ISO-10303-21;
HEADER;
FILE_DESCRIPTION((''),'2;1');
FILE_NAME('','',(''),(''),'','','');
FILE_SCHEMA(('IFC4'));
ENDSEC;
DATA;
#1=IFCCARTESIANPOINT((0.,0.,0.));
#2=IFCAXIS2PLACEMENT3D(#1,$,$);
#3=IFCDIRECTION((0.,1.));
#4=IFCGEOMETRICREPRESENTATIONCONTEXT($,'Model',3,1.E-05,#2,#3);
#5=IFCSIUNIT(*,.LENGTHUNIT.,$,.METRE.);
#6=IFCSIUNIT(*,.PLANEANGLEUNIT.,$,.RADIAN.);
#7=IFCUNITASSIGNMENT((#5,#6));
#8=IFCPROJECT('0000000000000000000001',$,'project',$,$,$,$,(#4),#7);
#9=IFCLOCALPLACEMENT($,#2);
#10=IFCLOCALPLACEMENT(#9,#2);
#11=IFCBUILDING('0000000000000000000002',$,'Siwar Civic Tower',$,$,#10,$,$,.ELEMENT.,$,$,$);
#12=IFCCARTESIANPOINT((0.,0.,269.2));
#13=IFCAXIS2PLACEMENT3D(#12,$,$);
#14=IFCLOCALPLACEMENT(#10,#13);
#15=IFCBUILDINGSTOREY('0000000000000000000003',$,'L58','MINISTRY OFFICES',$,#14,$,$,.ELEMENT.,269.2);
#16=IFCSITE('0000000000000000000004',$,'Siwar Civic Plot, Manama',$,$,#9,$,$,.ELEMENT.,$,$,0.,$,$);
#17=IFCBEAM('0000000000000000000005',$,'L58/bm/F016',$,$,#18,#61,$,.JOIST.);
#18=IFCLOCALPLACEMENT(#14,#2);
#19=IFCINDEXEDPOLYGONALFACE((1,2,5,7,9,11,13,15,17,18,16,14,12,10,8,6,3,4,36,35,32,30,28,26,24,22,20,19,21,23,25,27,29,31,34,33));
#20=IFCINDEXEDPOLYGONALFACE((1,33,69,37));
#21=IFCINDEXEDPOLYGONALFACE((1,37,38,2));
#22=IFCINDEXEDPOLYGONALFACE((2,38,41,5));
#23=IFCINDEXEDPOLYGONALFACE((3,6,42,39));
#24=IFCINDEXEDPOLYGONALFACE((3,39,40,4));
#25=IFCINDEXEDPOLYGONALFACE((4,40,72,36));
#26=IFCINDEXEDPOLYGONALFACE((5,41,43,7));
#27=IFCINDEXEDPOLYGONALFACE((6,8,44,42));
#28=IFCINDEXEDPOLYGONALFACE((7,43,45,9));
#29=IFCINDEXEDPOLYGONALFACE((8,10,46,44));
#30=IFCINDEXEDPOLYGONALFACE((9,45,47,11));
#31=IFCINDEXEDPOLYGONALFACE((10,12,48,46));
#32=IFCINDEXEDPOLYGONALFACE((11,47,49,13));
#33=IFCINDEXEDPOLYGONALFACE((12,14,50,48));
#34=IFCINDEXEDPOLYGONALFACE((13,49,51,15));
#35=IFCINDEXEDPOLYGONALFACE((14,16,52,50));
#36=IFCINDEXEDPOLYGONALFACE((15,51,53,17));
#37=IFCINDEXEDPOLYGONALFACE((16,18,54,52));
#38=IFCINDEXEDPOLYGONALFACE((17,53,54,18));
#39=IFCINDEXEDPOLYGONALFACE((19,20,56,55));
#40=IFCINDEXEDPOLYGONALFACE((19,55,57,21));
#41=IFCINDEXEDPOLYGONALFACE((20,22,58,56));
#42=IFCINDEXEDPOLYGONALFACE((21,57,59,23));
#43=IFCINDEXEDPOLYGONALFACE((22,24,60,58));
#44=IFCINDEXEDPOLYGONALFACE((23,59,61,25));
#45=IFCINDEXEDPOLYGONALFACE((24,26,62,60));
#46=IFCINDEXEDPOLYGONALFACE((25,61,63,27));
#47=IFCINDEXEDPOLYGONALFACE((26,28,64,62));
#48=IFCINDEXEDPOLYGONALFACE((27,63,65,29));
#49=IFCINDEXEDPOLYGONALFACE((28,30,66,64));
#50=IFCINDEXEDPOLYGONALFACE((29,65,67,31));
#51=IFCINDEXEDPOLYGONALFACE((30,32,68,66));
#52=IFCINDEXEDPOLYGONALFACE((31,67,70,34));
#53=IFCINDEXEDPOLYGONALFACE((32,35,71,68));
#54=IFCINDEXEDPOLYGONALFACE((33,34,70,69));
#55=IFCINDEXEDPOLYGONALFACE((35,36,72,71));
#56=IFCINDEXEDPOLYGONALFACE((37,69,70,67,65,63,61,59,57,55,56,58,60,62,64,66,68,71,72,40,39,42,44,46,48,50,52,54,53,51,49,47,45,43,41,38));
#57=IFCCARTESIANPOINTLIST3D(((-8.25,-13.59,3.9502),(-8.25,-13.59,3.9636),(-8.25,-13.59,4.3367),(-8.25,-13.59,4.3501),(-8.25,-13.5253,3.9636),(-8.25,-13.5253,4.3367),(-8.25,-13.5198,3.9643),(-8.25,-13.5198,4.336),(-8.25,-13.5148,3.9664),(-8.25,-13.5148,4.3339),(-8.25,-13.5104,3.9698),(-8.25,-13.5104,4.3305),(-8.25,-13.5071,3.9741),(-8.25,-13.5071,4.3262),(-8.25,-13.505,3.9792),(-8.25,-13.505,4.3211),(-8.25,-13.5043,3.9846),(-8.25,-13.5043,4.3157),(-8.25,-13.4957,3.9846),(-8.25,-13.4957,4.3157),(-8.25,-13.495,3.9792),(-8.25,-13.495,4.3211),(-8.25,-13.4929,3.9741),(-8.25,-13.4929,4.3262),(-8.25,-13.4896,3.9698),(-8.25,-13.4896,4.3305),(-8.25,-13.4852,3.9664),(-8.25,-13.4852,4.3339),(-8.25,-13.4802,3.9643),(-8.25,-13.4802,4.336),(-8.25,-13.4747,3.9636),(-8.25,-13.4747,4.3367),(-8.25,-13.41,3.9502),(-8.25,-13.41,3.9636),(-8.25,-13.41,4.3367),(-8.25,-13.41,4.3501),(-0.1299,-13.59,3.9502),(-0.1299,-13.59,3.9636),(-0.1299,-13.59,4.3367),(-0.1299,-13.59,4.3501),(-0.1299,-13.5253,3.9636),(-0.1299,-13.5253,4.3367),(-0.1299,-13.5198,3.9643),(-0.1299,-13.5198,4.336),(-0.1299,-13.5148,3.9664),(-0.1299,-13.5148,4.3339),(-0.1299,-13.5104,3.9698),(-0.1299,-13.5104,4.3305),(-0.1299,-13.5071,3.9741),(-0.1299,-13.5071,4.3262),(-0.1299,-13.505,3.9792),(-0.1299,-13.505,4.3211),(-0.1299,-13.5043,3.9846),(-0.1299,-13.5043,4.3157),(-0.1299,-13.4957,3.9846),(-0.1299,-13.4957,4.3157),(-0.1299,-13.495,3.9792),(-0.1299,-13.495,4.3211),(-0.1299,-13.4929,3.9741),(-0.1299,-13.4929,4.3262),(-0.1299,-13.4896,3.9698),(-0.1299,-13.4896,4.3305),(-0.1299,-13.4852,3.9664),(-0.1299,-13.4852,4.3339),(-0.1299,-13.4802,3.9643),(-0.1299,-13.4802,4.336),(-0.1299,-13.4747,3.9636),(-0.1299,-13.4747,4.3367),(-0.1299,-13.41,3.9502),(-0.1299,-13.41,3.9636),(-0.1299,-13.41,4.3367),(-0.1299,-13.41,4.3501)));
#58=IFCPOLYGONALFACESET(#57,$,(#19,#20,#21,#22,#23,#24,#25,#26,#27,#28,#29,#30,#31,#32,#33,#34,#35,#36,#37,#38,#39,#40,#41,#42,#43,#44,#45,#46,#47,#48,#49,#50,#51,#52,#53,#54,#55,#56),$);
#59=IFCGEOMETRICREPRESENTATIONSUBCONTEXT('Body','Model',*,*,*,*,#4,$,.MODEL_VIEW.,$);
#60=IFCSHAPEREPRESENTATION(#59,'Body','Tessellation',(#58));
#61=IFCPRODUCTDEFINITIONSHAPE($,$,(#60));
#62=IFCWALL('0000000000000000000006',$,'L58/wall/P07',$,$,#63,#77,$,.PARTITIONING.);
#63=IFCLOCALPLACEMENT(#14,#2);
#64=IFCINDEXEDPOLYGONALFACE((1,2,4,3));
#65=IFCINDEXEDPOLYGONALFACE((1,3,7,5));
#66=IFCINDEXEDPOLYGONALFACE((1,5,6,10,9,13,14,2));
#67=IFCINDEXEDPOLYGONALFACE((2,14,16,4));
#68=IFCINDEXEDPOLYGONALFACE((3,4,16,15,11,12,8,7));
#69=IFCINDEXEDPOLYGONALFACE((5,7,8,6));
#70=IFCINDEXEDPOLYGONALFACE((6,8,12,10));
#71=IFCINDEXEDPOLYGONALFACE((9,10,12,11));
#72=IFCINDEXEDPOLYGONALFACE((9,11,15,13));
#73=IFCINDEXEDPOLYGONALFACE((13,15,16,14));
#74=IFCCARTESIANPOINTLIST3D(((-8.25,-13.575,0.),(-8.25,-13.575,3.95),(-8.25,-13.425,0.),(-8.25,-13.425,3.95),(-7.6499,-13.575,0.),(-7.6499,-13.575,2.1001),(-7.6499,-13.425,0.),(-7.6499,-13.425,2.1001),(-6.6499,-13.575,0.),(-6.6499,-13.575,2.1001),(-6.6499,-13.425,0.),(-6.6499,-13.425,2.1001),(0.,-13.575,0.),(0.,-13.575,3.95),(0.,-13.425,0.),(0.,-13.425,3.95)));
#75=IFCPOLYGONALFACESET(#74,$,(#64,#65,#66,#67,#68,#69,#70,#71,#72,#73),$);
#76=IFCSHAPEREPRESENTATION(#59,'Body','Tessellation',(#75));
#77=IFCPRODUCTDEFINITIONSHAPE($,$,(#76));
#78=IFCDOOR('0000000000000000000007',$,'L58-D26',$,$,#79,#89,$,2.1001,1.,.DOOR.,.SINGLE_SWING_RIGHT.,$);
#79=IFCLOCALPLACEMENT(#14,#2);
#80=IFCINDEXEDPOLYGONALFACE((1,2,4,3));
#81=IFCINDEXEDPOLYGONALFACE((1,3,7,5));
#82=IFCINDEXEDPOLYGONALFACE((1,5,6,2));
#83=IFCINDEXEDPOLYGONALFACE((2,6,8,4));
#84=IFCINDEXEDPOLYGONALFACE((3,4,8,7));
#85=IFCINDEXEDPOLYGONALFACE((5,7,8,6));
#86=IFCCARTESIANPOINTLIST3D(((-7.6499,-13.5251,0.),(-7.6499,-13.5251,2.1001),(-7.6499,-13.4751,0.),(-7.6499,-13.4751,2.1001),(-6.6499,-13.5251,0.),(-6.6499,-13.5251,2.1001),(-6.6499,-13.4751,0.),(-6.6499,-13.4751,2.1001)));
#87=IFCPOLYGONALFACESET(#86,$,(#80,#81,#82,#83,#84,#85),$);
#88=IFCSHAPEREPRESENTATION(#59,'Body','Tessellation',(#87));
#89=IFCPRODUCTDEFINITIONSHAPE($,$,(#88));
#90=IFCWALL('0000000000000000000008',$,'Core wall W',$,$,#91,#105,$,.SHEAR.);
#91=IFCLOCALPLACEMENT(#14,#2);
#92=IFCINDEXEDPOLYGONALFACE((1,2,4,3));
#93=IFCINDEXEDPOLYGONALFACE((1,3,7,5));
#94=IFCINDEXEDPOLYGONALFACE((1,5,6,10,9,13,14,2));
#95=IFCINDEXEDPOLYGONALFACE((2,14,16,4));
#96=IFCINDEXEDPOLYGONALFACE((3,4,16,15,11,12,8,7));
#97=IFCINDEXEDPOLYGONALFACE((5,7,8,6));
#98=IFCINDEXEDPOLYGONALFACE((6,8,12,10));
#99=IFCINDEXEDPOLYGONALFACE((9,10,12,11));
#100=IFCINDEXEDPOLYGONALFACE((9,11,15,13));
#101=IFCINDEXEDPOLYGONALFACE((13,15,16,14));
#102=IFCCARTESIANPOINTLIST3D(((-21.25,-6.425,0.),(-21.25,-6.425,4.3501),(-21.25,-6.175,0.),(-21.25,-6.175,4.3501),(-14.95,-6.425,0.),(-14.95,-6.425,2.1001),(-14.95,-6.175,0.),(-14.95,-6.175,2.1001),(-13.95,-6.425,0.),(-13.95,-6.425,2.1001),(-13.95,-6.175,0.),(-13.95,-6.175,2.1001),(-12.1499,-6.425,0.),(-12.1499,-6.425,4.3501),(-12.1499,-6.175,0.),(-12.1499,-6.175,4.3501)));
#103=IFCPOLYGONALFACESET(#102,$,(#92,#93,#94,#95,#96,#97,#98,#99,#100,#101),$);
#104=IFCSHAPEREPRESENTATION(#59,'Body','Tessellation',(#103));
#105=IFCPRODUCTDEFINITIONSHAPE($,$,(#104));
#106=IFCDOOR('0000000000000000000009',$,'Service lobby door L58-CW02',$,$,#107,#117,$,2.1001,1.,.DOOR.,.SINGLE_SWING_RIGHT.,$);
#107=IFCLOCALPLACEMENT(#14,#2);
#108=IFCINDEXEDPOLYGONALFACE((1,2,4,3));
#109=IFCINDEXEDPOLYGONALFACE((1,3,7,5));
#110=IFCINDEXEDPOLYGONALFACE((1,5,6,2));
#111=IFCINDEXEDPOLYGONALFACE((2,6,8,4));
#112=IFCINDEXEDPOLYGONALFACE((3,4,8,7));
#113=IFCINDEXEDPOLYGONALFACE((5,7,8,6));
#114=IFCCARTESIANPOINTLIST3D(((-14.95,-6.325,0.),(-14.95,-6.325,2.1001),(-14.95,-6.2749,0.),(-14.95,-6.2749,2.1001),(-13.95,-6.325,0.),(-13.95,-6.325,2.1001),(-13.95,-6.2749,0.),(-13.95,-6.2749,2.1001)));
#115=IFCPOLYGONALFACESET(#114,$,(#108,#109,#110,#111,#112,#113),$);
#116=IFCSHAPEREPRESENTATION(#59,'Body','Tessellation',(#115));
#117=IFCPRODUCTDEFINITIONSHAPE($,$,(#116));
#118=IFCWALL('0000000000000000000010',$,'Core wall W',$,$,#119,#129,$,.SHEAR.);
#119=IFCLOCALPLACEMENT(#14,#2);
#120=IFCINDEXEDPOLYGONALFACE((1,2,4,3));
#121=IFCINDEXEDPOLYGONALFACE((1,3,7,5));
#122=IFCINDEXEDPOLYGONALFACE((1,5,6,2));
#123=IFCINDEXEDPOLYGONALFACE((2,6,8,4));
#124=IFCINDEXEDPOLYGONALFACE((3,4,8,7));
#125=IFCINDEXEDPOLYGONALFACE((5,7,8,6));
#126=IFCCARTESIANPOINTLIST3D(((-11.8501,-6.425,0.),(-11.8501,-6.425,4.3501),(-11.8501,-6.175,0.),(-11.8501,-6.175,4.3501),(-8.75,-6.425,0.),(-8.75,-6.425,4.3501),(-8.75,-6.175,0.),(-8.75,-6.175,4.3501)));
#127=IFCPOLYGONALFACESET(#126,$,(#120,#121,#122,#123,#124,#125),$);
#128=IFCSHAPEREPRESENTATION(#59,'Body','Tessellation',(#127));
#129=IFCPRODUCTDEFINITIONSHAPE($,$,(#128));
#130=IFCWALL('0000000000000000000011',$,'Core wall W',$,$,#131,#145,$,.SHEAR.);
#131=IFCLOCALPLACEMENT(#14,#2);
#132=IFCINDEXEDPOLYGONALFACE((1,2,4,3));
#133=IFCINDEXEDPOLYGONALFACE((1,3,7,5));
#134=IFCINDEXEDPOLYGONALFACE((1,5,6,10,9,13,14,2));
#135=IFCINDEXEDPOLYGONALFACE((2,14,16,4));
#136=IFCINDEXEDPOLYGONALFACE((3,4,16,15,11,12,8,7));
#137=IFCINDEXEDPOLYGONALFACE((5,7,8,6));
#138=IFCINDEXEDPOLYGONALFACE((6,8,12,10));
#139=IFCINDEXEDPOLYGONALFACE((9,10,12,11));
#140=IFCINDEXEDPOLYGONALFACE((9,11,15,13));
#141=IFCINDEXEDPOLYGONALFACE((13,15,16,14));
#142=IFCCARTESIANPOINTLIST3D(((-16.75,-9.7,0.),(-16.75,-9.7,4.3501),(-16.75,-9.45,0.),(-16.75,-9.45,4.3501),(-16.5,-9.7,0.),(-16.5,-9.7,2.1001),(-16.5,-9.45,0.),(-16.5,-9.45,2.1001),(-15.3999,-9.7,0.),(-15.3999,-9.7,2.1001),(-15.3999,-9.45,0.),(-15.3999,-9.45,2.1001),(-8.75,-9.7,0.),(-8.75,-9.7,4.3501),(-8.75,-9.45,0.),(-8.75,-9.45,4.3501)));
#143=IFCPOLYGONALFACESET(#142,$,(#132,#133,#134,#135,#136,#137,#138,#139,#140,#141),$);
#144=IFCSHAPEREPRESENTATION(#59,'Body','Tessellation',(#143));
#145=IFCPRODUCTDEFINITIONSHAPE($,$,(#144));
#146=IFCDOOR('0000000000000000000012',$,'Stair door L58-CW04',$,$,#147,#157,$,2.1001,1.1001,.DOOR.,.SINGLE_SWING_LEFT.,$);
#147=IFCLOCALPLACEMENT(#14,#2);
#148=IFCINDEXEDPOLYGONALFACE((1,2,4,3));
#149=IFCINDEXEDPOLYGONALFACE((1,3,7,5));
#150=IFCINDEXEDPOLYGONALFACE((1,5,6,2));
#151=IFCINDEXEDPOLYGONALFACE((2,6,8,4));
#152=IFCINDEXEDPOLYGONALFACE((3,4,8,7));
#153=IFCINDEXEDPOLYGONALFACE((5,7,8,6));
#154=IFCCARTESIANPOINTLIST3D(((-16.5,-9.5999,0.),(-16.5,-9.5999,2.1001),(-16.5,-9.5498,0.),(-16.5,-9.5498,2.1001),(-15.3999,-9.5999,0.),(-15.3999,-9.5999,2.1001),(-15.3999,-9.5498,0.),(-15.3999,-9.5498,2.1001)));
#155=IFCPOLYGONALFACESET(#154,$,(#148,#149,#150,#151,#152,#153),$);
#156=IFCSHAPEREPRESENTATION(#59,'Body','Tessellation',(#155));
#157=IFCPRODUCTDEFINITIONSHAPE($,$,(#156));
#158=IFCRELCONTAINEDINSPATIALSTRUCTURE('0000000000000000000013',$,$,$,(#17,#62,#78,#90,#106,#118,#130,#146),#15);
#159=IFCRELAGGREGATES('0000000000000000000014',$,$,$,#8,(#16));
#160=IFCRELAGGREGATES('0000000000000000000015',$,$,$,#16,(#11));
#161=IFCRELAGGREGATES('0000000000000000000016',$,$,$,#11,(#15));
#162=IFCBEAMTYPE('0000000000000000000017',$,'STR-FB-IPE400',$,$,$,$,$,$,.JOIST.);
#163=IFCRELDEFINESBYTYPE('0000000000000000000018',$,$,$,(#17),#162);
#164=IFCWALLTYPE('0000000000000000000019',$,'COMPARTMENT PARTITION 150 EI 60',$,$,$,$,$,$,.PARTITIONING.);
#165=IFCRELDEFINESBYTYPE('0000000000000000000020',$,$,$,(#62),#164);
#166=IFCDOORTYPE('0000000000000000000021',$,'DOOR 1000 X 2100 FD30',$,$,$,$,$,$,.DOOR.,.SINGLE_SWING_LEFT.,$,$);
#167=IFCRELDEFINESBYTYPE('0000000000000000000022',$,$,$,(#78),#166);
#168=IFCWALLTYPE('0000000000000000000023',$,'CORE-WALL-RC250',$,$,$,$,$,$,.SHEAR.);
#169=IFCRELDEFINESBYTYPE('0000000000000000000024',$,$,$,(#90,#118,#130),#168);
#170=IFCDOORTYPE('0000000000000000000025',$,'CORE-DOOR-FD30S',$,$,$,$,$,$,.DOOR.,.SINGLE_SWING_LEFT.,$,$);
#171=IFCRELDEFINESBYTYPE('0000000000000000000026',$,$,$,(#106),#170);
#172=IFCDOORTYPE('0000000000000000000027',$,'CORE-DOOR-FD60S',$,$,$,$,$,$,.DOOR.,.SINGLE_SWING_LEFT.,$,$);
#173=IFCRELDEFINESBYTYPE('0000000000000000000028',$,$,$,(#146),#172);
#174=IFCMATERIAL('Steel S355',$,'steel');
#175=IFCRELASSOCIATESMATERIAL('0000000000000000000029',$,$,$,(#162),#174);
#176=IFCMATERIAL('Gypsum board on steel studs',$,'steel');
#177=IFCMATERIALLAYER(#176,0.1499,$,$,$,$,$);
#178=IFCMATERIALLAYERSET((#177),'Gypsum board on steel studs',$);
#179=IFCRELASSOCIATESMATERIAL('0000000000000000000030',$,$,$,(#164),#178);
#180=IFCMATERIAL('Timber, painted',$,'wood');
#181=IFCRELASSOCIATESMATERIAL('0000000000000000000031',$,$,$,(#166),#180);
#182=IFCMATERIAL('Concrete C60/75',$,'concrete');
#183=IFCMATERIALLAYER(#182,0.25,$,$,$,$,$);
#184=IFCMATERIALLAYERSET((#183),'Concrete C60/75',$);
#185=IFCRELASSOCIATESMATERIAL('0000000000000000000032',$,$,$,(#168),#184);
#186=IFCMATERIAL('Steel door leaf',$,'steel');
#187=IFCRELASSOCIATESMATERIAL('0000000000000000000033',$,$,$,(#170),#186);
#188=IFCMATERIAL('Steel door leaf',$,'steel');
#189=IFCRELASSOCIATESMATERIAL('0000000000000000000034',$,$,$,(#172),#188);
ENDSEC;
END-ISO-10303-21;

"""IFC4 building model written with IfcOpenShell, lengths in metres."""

from ifc_helpers import new_model, si_unit, direction, frame, frame_2d, origin, origin_2d, place, context, subcontext, project, spatial, rectangle, i_section, extrude, material, layer, layer_set, material_profile, profile_set, type_object, element, fill, save


model = new_model("IFC4")

# Units and contexts
model_context = context("Model", 3, precision=1e-05, world=origin(), true_north=direction((0.0, 1.0)))
body_context = subcontext(model_context, "Body", "Model", "MODEL_VIEW")
ifc_project = project(units=[si_unit("LENGTHUNIT", "METRE"), si_unit("PLANEANGLEUNIT", "RADIAN")], contexts=[model_context])

# Site, building, storey
site_placement = place(None, origin())
site = spatial("IfcSite", under=ifc_project, at=site_placement, Name="Siwar Civic Plot, Manama", CompositionType="ELEMENT", RefElevation=0.0)
building_placement = place(site_placement, origin())
building = spatial("IfcBuilding", under=site, at=building_placement, Name="Siwar Civic Tower", CompositionType="ELEMENT")
storey_placement = place(building_placement, frame((0.0, 0.0, 269.2)))
storey = spatial("IfcBuildingStorey", under=building, at=storey_placement, Name="L58", Description="MINISTRY OFFICES", CompositionType="ELEMENT", Elevation=269.2)

# Beam
ifc_material_1 = material(Name="Steel S355", Category="steel")
ifc_material_profile = material_profile(ifc_material_1, i_section(OverallWidth=0.1799, OverallDepth=0.3999, WebThickness=0.0085, FlangeThickness=0.0134, FilletRadius=0.021, at=origin_2d()), Name="IPE400")
ifc_profile_set = profile_set([ifc_material_profile], Name="Steel S355")
beam_type = type_object("IfcBeamType", Name="STR-FB-IPE400", PredefinedType="JOIST", material=ifc_profile_set)
beam_placement = place(storey_placement, frame((-8.25, -13.5, 4.1501), z_axis=(1.0, 0.0, 0.0), x_axis=(0.0, 1.0, 0.0)))
element("IfcBeam", 1, at=beam_placement, inside=storey, type_object=beam_type, Name="L58/bm/F016", PredefinedType="JOIST", context=body_context, shape_type="SweptSolid", body=[
    extrude(i_section(OverallWidth=0.1799, OverallDepth=0.3999, WebThickness=0.0085, FlangeThickness=0.0134, FilletRadius=0.021, at=origin_2d()), origin(), (0.0, 0.0, 1.0), 8.1201),
])

# Walls, openings, doors
ifc_material_2 = material(Name="Gypsum board on steel studs", Category="steel")
ifc_layer_1 = layer(ifc_material_2, 0.1499)
ifc_layer_set_1 = layer_set([ifc_layer_1], Name="Gypsum board on steel studs")
wall_type_1 = type_object("IfcWallType", Name="COMPARTMENT PARTITION 150 EI 60", PredefinedType="PARTITIONING", material=ifc_layer_set_1)
wall_1_placement = place(storey_placement, frame((-8.25, -13.5, 0.0), z_axis=(0.0, 0.0, 1.0), x_axis=(1.0, 0.0, 0.0)))
wall_1 = element("IfcWall", 2, at=wall_1_placement, inside=storey, type_object=wall_type_1, Name="L58/wall/P07", PredefinedType="PARTITIONING", context=body_context, shape_type="SweptSolid", body=[
    extrude(rectangle(XDim=8.25, YDim=0.1499, at=frame_2d((4.125, 0.0))), origin(), (0.0, 0.0, 1.0), 3.95),
])
opening_1_placement = place(wall_1_placement, frame((0.6001, 0.0, 0.0)))
opening_1 = element("IfcOpeningElement", 3, at=opening_1_placement, cuts=wall_1, PredefinedType="OPENING", context=body_context, shape_type="SweptSolid", body=[
    extrude(rectangle(XDim=1.0, YDim=2.1001, at=frame_2d((0.5, 1.05))), frame((0.0, 0.085, 0.0), z_axis=(0.0, -1.0, 0.0), x_axis=(1.0, 0.0, 0.0)), (0.0, 0.0, 1.0), 0.1699),
])
ifc_material_3 = material(Name="Timber, painted", Category="wood")
door_type_1 = type_object("IfcDoorType", Name="DOOR 1000 X 2100 FD30", OperationType="SINGLE_SWING_LEFT", PredefinedType="DOOR", material=ifc_material_3)
door_1_placement = place(opening_1_placement, origin())
door_1 = element("IfcDoor", 4, at=door_1_placement, inside=storey, type_object=door_type_1, Name="L58-D26", OperationType="SINGLE_SWING_RIGHT", OverallHeight=2.1001, OverallWidth=1.0, PredefinedType="DOOR", context=body_context, shape_type="SweptSolid", body=[
    extrude(rectangle(XDim=1.0, YDim=2.1001, at=frame_2d((0.5, 1.05))), frame((0.0, 0.0249, 0.0), z_axis=(0.0, -1.0, 0.0), x_axis=(1.0, 0.0, 0.0)), (0.0, 0.0, 1.0), 0.05),
])
fill(opening_1, door_1)
ifc_material_4 = material(Name="Concrete C60/75", Category="concrete")
ifc_layer_2 = layer(ifc_material_4, 0.25)
ifc_layer_set_2 = layer_set([ifc_layer_2], Name="Concrete C60/75")
wall_type_2 = type_object("IfcWallType", Name="CORE-WALL-RC250", PredefinedType="SHEAR", material=ifc_layer_set_2)
wall_2_placement = place(storey_placement, frame((-12.1499, -6.3, 0.0), z_axis=(0.0, 0.0, 1.0), x_axis=(-1.0, 0.0, 0.0)))
wall_2 = element("IfcWall", 5, at=wall_2_placement, inside=storey, type_object=wall_type_2, Name="Core wall W", PredefinedType="SHEAR", context=body_context, shape_type="SweptSolid", body=[
    extrude(rectangle(XDim=9.1001, YDim=0.25, at=frame_2d((4.55, 0.0))), origin(), (0.0, 0.0, 1.0), 4.3501),
])
opening_2_placement = place(wall_2_placement, frame((1.8, 0.0, 0.0)))
opening_2 = element("IfcOpeningElement", 6, at=opening_2_placement, cuts=wall_2, PredefinedType="OPENING", context=body_context, shape_type="SweptSolid", body=[
    extrude(rectangle(XDim=1.0, YDim=2.1001, at=frame_2d((0.5, 1.05))), frame((0.0, 0.135, 0.0), z_axis=(0.0, -1.0, 0.0), x_axis=(1.0, 0.0, 0.0)), (0.0, 0.0, 1.0), 0.27),
])
ifc_material_5 = material(Name="Steel door leaf", Category="steel")
door_type_2 = type_object("IfcDoorType", Name="CORE-DOOR-FD30S", OperationType="SINGLE_SWING_LEFT", PredefinedType="DOOR", material=ifc_material_5)
door_2_placement = place(opening_2_placement, origin())
door_2 = element("IfcDoor", 7, at=door_2_placement, inside=storey, type_object=door_type_2, Name="Service lobby door L58-CW02", OperationType="SINGLE_SWING_RIGHT", OverallHeight=2.1001, OverallWidth=1.0, PredefinedType="DOOR", context=body_context, shape_type="SweptSolid", body=[
    extrude(rectangle(XDim=1.0, YDim=2.1001, at=frame_2d((0.5, 1.05))), frame((0.0, 0.0249, 0.0), z_axis=(0.0, -1.0, 0.0), x_axis=(1.0, 0.0, 0.0)), (0.0, 0.0, 1.0), 0.05),
])
fill(opening_2, door_2)

# Wall
wall_3_placement = place(storey_placement, frame((-8.75, -6.3, 0.0), z_axis=(0.0, 0.0, 1.0), x_axis=(-1.0, 0.0, 0.0)))
element("IfcWall", 8, at=wall_3_placement, inside=storey, type_object=wall_type_2, Name="Core wall W", PredefinedType="SHEAR", context=body_context, shape_type="SweptSolid", body=[
    extrude(rectangle(XDim=3.1001, YDim=0.25, at=frame_2d((1.55, 0.0))), origin(), (0.0, 0.0, 1.0), 4.3501),
])

# Wall, opening, door
wall_4_placement = place(storey_placement, frame((-8.75, -9.575, 0.0), z_axis=(0.0, 0.0, 1.0), x_axis=(-1.0, 0.0, 0.0)))
wall_4 = element("IfcWall", 9, at=wall_4_placement, inside=storey, type_object=wall_type_2, Name="Core wall W", PredefinedType="SHEAR", context=body_context, shape_type="SweptSolid", body=[
    extrude(rectangle(XDim=8.0, YDim=0.25, at=frame_2d((4.0, 0.0))), origin(), (0.0, 0.0, 1.0), 4.3501),
])
opening_3_placement = place(wall_4_placement, frame((6.6499, 0.0, 0.0)))
opening_3 = element("IfcOpeningElement", 10, at=opening_3_placement, cuts=wall_4, PredefinedType="OPENING", context=body_context, shape_type="SweptSolid", body=[
    extrude(rectangle(XDim=1.1001, YDim=2.1001, at=frame_2d((0.55, 1.05))), frame((0.0, 0.135, 0.0), z_axis=(0.0, -1.0, 0.0), x_axis=(1.0, 0.0, 0.0)), (0.0, 0.0, 1.0), 0.27),
])
ifc_material_6 = material(Name="Steel door leaf", Category="steel")
door_type_3 = type_object("IfcDoorType", Name="CORE-DOOR-FD60S", OperationType="SINGLE_SWING_LEFT", PredefinedType="DOOR", material=ifc_material_6)
door_3_placement = place(opening_3_placement, origin())
door_3 = element("IfcDoor", 11, at=door_3_placement, inside=storey, type_object=door_type_3, Name="Stair door L58-CW04", OperationType="SINGLE_SWING_LEFT", OverallHeight=2.1001, OverallWidth=1.1001, PredefinedType="DOOR", context=body_context, shape_type="SweptSolid", body=[
    extrude(rectangle(XDim=1.1001, YDim=2.1001, at=frame_2d((0.55, 1.05))), frame((0.0, 0.0249, 0.0), z_axis=(0.0, -1.0, 0.0), x_axis=(1.0, 0.0, 0.0)), (0.0, 0.0, 1.0), 0.05),
])
fill(opening_3, door_3)

save(model, "model.ifc")
